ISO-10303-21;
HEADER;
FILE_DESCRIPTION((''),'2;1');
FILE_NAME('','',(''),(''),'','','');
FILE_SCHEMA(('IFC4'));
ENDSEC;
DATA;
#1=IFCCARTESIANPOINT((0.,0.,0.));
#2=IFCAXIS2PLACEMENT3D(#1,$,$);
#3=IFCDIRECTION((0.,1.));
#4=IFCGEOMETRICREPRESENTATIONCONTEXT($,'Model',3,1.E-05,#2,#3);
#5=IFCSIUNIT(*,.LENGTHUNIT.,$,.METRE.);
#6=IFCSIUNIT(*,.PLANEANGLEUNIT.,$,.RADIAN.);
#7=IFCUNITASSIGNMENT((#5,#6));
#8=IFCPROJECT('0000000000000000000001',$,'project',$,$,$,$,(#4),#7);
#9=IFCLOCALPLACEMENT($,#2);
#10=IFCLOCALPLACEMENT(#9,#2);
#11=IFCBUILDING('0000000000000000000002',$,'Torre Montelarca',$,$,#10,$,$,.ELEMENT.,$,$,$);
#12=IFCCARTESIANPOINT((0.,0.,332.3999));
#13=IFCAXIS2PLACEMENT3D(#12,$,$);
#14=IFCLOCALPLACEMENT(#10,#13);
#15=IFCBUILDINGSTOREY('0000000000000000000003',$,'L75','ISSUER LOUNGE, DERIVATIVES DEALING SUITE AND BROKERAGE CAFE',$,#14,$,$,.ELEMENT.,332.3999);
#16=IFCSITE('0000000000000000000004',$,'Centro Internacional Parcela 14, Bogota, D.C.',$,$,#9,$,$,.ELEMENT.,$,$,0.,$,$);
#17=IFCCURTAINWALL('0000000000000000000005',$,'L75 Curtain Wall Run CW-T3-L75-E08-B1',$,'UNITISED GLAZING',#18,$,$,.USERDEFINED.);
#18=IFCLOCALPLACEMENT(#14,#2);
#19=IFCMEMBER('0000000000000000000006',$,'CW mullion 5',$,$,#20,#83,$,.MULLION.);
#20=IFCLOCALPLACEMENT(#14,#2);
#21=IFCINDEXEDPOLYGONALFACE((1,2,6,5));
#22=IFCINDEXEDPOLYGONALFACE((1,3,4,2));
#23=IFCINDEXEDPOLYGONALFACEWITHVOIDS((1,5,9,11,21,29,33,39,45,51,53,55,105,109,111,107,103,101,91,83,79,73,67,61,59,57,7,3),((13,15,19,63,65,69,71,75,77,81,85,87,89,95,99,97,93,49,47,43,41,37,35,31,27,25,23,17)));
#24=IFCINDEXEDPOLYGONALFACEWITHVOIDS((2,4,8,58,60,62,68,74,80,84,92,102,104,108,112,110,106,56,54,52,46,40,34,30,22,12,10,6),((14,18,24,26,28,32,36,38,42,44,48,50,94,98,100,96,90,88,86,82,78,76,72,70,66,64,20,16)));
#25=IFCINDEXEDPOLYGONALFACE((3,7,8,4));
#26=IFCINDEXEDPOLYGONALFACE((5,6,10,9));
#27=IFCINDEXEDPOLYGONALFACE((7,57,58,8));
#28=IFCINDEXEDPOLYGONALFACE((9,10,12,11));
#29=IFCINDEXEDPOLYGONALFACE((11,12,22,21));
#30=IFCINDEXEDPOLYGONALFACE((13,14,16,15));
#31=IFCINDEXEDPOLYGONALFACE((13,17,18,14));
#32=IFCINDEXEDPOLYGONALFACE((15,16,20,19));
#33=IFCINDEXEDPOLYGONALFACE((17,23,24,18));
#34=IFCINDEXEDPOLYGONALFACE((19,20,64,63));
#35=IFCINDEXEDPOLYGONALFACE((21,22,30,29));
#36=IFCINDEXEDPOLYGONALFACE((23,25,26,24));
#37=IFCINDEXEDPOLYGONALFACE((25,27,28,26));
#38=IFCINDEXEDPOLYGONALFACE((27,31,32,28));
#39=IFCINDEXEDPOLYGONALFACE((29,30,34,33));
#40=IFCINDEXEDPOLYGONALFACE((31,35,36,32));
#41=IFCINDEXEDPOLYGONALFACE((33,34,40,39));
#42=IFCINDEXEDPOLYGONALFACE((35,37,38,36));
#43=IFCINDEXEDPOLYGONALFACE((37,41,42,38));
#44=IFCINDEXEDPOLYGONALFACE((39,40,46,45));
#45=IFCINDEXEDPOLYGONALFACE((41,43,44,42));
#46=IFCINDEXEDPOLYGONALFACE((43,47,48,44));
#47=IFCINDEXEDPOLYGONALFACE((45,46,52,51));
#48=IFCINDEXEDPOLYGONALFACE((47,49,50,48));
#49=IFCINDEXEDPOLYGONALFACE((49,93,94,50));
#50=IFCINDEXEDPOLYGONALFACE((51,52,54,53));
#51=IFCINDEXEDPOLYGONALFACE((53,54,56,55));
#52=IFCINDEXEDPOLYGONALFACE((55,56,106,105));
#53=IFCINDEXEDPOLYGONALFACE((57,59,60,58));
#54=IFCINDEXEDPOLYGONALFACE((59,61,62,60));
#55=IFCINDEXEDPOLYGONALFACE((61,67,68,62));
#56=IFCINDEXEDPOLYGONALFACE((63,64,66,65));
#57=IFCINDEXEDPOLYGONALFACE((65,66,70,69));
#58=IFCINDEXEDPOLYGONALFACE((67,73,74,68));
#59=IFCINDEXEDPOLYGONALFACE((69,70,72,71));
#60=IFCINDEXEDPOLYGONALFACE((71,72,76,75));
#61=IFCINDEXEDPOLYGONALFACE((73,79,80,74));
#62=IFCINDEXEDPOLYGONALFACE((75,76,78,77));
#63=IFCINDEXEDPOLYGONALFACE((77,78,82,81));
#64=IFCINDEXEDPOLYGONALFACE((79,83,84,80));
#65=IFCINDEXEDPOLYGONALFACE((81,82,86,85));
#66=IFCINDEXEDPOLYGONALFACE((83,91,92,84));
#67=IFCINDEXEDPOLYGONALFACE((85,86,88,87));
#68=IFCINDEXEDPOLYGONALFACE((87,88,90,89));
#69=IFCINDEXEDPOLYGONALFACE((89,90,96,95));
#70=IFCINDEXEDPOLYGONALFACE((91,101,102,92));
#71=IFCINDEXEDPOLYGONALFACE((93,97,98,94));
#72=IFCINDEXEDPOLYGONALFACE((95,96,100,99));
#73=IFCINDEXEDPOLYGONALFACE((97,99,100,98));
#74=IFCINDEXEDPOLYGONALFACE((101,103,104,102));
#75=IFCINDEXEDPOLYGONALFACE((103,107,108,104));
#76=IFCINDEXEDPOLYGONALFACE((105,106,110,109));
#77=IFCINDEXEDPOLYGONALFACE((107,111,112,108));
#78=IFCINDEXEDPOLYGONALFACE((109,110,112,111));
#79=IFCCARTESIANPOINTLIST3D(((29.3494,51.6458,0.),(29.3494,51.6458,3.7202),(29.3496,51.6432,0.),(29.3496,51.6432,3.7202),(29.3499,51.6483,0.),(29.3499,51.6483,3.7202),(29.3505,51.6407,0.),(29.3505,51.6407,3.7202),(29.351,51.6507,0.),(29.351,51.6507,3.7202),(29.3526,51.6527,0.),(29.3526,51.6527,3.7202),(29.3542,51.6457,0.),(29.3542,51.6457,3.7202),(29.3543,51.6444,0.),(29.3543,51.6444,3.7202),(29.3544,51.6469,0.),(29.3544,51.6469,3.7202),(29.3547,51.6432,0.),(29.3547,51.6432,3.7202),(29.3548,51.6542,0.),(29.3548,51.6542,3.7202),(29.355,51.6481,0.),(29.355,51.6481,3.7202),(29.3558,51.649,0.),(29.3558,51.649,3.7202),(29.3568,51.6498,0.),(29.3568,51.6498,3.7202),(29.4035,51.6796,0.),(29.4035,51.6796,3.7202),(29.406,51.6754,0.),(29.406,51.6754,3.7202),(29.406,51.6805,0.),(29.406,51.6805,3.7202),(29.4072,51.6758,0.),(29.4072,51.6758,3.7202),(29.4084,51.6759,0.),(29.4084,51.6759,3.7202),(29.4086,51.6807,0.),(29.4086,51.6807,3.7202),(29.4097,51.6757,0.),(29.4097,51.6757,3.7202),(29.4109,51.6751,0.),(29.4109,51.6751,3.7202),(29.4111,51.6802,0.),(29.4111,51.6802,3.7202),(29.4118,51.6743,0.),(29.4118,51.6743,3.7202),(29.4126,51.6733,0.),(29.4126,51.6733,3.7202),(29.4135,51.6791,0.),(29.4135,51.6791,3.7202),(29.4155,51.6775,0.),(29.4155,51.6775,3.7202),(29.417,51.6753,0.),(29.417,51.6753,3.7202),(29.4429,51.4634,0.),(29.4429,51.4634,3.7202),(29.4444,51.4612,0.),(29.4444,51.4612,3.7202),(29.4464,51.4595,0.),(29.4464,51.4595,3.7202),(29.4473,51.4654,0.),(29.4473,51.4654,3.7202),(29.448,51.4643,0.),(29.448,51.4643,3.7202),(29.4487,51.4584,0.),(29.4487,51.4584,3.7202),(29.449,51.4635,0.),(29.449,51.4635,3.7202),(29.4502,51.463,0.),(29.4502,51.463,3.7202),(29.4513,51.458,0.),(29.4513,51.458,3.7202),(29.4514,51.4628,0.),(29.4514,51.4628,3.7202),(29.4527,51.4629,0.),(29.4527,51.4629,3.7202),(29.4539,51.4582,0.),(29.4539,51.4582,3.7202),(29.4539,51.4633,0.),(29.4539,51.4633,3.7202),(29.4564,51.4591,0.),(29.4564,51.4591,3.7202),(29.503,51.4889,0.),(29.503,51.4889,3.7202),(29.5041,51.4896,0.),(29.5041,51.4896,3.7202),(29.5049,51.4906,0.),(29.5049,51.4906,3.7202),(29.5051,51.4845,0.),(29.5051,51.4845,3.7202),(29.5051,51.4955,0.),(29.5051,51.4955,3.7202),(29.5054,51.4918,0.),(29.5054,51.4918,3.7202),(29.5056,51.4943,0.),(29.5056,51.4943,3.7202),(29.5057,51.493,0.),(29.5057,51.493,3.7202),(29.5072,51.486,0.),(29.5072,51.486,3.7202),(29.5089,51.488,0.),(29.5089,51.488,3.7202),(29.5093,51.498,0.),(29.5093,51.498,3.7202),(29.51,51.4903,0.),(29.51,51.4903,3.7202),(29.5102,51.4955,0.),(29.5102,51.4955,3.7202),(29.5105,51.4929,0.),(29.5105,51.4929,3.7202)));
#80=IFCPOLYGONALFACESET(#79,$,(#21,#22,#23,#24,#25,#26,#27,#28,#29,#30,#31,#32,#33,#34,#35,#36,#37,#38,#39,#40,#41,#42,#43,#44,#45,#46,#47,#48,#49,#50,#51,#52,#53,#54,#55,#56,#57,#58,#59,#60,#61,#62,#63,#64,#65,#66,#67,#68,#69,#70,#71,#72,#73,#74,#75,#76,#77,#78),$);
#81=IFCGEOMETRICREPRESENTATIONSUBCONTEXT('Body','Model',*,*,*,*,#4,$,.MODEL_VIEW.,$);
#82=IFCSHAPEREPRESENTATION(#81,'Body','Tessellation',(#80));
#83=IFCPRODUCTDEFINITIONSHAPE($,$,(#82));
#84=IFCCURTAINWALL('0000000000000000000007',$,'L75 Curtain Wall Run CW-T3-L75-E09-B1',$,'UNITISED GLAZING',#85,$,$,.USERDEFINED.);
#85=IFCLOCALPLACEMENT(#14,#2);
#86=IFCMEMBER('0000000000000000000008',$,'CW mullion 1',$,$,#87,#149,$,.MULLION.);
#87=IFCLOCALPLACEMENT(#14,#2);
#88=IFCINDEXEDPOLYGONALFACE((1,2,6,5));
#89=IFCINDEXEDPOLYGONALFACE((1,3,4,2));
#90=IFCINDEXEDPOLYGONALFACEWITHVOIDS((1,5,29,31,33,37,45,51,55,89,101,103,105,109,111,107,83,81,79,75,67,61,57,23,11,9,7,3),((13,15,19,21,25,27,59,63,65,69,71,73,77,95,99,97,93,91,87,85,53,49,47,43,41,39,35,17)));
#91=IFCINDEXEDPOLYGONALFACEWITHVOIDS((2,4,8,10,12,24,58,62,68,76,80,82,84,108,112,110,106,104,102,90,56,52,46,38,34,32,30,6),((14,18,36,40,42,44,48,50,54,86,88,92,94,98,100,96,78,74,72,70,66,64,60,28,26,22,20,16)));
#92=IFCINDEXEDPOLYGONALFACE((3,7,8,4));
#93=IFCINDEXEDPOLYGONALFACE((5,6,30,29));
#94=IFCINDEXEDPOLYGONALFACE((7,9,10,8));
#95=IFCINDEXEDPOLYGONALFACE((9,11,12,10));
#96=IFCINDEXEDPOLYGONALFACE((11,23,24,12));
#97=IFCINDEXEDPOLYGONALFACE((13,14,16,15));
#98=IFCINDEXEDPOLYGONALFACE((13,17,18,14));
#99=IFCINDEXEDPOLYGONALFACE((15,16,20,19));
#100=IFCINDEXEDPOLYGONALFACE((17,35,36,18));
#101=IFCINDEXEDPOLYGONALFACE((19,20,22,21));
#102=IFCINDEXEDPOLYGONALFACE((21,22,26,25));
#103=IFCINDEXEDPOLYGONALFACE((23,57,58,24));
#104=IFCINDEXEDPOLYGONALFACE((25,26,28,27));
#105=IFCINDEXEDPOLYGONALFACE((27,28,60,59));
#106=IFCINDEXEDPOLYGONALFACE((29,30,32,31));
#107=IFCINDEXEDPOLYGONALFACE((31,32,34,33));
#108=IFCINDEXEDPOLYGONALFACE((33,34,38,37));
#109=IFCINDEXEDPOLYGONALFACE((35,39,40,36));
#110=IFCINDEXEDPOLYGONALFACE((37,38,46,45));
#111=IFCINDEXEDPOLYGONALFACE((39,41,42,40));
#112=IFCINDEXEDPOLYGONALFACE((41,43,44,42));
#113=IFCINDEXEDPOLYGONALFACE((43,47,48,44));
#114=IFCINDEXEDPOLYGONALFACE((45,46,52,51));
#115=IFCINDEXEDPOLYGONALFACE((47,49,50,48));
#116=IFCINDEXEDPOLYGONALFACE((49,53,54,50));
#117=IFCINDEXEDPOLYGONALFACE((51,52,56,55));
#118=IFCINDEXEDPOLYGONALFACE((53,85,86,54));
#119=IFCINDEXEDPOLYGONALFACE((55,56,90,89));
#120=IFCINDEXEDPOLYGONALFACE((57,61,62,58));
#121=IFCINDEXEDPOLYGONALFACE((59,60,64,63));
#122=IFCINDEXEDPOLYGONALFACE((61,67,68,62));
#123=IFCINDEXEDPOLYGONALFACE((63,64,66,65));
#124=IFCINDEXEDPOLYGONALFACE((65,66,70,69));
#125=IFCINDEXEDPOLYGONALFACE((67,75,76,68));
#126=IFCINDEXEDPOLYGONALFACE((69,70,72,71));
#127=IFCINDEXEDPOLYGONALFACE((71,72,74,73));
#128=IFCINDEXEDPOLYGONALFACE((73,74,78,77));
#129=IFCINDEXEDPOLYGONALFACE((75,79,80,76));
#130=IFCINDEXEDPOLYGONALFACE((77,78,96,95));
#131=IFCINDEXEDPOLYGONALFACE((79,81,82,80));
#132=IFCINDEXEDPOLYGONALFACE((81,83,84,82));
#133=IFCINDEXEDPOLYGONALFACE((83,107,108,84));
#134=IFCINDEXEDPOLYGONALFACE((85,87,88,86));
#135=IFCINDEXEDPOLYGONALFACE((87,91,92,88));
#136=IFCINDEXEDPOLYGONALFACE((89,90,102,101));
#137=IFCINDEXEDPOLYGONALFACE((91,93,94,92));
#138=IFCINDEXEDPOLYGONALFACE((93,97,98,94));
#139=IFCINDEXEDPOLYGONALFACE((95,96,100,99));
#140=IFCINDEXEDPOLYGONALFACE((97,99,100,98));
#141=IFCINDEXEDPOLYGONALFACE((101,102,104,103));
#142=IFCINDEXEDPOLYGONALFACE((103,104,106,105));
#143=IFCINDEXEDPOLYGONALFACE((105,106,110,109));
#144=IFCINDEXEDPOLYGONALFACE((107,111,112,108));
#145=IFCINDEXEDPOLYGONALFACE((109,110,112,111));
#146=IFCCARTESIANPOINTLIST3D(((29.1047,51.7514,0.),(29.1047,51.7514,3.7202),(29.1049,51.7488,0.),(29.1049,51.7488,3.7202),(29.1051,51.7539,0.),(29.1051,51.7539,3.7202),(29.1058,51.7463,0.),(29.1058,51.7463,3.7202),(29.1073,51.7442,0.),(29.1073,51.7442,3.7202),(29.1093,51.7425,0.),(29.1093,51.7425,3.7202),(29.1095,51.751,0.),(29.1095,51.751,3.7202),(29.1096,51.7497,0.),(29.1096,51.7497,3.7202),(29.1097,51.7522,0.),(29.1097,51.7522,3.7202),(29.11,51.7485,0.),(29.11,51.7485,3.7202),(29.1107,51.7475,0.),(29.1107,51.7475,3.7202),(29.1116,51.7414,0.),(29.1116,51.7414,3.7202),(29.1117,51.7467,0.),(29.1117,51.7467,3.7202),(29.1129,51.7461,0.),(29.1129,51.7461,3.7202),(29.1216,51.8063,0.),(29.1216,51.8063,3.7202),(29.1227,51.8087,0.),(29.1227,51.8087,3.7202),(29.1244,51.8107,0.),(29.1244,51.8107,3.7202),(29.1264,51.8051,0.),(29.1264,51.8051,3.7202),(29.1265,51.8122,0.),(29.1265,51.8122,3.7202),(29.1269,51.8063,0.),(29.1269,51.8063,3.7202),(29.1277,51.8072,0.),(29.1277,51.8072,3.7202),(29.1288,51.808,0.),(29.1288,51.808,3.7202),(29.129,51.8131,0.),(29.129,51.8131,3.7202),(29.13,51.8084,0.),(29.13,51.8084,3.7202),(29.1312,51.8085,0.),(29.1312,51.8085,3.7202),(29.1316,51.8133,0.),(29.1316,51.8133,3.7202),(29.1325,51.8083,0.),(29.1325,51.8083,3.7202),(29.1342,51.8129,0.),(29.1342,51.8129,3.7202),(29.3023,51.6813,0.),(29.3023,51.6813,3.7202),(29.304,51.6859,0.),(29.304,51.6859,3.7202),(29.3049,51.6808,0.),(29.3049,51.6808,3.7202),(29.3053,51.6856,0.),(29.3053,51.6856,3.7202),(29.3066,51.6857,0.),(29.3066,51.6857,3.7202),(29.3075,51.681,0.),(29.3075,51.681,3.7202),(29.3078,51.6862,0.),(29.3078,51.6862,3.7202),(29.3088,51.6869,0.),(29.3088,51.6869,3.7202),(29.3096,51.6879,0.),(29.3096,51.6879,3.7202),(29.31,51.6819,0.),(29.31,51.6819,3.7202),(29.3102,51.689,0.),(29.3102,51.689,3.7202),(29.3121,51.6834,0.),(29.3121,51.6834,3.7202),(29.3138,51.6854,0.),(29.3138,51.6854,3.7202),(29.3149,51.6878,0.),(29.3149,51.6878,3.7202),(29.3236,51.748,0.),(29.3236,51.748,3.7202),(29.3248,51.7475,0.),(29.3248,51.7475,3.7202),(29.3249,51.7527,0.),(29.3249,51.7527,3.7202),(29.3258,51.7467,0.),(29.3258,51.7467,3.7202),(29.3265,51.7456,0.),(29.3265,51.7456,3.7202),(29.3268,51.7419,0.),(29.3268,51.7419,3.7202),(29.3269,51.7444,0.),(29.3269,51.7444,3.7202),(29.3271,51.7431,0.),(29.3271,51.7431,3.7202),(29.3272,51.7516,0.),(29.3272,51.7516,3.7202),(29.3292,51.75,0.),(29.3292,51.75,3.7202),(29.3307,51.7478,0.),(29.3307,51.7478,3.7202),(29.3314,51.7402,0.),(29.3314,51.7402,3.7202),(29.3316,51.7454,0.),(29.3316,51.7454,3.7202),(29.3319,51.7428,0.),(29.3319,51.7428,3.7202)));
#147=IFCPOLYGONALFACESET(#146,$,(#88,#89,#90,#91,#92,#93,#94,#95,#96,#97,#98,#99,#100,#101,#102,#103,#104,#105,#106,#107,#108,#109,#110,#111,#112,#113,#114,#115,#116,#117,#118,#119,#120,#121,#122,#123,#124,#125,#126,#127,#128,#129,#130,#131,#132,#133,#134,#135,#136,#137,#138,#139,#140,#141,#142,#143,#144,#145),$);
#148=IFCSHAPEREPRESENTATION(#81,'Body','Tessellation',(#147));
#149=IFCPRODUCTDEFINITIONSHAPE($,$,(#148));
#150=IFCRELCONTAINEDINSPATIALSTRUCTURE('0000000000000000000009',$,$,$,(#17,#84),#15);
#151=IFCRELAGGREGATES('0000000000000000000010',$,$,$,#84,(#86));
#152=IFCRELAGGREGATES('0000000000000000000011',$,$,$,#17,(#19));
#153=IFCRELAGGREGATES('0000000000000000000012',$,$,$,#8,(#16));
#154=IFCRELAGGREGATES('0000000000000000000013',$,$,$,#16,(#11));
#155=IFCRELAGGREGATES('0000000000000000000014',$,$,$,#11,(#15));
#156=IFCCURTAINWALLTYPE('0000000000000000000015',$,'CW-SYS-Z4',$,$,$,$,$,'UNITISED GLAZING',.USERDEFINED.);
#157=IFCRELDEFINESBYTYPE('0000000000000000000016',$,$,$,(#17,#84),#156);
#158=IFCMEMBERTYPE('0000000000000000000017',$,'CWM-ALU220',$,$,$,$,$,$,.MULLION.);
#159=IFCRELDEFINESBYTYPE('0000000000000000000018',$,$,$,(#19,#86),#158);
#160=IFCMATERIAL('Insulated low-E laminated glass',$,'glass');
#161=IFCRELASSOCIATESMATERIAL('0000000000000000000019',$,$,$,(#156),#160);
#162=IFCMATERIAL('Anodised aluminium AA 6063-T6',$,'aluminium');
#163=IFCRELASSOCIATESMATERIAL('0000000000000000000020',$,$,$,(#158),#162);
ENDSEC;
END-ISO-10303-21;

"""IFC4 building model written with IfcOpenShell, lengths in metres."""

from ifc_helpers import new_model, si_unit, direction, frame, origin, origin_2d, place, context, subcontext, project, spatial, hollow_rectangle, extrude, source, transform, mapped, material, material_profile, profile_set, type_object, element, aggregate, save


model = new_model("IFC4")

# Units and contexts
model_context = context("Model", 3, precision=1e-05, world=origin(), true_north=direction((0.0, 1.0)))
body_context = subcontext(model_context, "Body", "Model", "MODEL_VIEW")
ifc_project = project(units=[si_unit("LENGTHUNIT", "METRE"), si_unit("PLANEANGLEUNIT", "RADIAN")], contexts=[model_context])

# Site, building, storey
site_placement = place(None, origin())
site = spatial("IfcSite", under=ifc_project, at=site_placement, Name="Centro Internacional Parcela 14, Bogota, D.C.", CompositionType="ELEMENT", RefElevation=0.0)
building_placement = place(site_placement, origin())
building = spatial("IfcBuilding", under=site, at=building_placement, Name="Torre Montelarca", CompositionType="ELEMENT")
storey_placement = place(building_placement, frame((0.0, 0.0, 332.3999)))
storey = spatial("IfcBuildingStorey", under=building, at=storey_placement, Name="L75", Description="ISSUER LOUNGE, DERIVATIVES DEALING SUITE AND BROKERAGE CAFE", CompositionType="ELEMENT", Elevation=332.3999)

# Curtain walls, members
ifc_material_1 = material(Name="Insulated low-E laminated glass", Category="glass")
curtain_wall_type = type_object("IfcCurtainWallType", Name="CW-SYS-Z4", ElementType="UNITISED GLAZING", PredefinedType="USERDEFINED", material=ifc_material_1)
curtain_wall_1_placement = place(storey_placement, origin())
curtain_wall_1 = element("IfcCurtainWall", 1, at=curtain_wall_1_placement, inside=storey, type_object=curtain_wall_type, Name="L75 Curtain Wall Run CW-T3-L75-E08-B1", ObjectType="UNITISED GLAZING", PredefinedType="USERDEFINED")
ifc_material_2 = material(Name="Anodised aluminium AA 6063-T6", Category="aluminium")
ifc_material_profile_1 = material_profile(ifc_material_2, hollow_rectangle(XDim=0.075, YDim=0.22, WallThickness=0.0049, InnerFilletRadius=0.0049, OuterFilletRadius=0.01, at=origin_2d()), Name="ALU75X220X5", Category="aluminium")
ifc_profile_set_1 = profile_set([ifc_material_profile_1], Name="Anodised aluminium AA 6063-T6")
member_type_1 = type_object("IfcMemberType", Name="CWM-ALU220", PredefinedType="MULLION", material=ifc_profile_set_1)
shared_shape_1 = source(origin(), body_context, "Body", "SweptSolid", [
    extrude(hollow_rectangle(XDim=0.075, YDim=0.22, WallThickness=0.0049, InnerFilletRadius=0.0049, OuterFilletRadius=0.01, at=origin_2d()), origin(), (0.0, 0.0, 1.0), 3.7202),
])
member_1_placement = place(storey_placement, frame((29.4299, 51.5693, 0.0), z_axis=(0.0, 0.0, 1.0), x_axis=(-0.887013, -0.461745, 0.0)))
member_1 = element("IfcMember", 2, at=member_1_placement, type_object=member_type_1, Name="CW mullion 5", PredefinedType="MULLION", context=body_context, shape_type="MappedRepresentation", body=[
    mapped(shared_shape_1, transform((0.0, 0.0, 0.0), scale=1.0)),
])
curtain_wall_2_placement = place(storey_placement, origin())
curtain_wall_2 = element("IfcCurtainWall", 3, at=curtain_wall_2_placement, inside=storey, type_object=curtain_wall_type, Name="L75 Curtain Wall Run CW-T3-L75-E09-B1", ObjectType="UNITISED GLAZING", PredefinedType="USERDEFINED")
member_2_placement = place(storey_placement, frame((29.2183, 51.7471, 0.0), z_axis=(0.0, 0.0, 1.0), x_axis=(-0.300693, -0.953721, 0.0)))
member_2 = element("IfcMember", 4, at=member_2_placement, type_object=member_type_1, Name="CW mullion 1", PredefinedType="MULLION", context=body_context, shape_type="MappedRepresentation", body=[
    mapped(shared_shape_1, transform((0.0, 0.0, 0.0), scale=1.0)),
])

aggregate(curtain_wall_2, [member_2])
aggregate(curtain_wall_1, [member_1])

save(model, "model.ifc")
